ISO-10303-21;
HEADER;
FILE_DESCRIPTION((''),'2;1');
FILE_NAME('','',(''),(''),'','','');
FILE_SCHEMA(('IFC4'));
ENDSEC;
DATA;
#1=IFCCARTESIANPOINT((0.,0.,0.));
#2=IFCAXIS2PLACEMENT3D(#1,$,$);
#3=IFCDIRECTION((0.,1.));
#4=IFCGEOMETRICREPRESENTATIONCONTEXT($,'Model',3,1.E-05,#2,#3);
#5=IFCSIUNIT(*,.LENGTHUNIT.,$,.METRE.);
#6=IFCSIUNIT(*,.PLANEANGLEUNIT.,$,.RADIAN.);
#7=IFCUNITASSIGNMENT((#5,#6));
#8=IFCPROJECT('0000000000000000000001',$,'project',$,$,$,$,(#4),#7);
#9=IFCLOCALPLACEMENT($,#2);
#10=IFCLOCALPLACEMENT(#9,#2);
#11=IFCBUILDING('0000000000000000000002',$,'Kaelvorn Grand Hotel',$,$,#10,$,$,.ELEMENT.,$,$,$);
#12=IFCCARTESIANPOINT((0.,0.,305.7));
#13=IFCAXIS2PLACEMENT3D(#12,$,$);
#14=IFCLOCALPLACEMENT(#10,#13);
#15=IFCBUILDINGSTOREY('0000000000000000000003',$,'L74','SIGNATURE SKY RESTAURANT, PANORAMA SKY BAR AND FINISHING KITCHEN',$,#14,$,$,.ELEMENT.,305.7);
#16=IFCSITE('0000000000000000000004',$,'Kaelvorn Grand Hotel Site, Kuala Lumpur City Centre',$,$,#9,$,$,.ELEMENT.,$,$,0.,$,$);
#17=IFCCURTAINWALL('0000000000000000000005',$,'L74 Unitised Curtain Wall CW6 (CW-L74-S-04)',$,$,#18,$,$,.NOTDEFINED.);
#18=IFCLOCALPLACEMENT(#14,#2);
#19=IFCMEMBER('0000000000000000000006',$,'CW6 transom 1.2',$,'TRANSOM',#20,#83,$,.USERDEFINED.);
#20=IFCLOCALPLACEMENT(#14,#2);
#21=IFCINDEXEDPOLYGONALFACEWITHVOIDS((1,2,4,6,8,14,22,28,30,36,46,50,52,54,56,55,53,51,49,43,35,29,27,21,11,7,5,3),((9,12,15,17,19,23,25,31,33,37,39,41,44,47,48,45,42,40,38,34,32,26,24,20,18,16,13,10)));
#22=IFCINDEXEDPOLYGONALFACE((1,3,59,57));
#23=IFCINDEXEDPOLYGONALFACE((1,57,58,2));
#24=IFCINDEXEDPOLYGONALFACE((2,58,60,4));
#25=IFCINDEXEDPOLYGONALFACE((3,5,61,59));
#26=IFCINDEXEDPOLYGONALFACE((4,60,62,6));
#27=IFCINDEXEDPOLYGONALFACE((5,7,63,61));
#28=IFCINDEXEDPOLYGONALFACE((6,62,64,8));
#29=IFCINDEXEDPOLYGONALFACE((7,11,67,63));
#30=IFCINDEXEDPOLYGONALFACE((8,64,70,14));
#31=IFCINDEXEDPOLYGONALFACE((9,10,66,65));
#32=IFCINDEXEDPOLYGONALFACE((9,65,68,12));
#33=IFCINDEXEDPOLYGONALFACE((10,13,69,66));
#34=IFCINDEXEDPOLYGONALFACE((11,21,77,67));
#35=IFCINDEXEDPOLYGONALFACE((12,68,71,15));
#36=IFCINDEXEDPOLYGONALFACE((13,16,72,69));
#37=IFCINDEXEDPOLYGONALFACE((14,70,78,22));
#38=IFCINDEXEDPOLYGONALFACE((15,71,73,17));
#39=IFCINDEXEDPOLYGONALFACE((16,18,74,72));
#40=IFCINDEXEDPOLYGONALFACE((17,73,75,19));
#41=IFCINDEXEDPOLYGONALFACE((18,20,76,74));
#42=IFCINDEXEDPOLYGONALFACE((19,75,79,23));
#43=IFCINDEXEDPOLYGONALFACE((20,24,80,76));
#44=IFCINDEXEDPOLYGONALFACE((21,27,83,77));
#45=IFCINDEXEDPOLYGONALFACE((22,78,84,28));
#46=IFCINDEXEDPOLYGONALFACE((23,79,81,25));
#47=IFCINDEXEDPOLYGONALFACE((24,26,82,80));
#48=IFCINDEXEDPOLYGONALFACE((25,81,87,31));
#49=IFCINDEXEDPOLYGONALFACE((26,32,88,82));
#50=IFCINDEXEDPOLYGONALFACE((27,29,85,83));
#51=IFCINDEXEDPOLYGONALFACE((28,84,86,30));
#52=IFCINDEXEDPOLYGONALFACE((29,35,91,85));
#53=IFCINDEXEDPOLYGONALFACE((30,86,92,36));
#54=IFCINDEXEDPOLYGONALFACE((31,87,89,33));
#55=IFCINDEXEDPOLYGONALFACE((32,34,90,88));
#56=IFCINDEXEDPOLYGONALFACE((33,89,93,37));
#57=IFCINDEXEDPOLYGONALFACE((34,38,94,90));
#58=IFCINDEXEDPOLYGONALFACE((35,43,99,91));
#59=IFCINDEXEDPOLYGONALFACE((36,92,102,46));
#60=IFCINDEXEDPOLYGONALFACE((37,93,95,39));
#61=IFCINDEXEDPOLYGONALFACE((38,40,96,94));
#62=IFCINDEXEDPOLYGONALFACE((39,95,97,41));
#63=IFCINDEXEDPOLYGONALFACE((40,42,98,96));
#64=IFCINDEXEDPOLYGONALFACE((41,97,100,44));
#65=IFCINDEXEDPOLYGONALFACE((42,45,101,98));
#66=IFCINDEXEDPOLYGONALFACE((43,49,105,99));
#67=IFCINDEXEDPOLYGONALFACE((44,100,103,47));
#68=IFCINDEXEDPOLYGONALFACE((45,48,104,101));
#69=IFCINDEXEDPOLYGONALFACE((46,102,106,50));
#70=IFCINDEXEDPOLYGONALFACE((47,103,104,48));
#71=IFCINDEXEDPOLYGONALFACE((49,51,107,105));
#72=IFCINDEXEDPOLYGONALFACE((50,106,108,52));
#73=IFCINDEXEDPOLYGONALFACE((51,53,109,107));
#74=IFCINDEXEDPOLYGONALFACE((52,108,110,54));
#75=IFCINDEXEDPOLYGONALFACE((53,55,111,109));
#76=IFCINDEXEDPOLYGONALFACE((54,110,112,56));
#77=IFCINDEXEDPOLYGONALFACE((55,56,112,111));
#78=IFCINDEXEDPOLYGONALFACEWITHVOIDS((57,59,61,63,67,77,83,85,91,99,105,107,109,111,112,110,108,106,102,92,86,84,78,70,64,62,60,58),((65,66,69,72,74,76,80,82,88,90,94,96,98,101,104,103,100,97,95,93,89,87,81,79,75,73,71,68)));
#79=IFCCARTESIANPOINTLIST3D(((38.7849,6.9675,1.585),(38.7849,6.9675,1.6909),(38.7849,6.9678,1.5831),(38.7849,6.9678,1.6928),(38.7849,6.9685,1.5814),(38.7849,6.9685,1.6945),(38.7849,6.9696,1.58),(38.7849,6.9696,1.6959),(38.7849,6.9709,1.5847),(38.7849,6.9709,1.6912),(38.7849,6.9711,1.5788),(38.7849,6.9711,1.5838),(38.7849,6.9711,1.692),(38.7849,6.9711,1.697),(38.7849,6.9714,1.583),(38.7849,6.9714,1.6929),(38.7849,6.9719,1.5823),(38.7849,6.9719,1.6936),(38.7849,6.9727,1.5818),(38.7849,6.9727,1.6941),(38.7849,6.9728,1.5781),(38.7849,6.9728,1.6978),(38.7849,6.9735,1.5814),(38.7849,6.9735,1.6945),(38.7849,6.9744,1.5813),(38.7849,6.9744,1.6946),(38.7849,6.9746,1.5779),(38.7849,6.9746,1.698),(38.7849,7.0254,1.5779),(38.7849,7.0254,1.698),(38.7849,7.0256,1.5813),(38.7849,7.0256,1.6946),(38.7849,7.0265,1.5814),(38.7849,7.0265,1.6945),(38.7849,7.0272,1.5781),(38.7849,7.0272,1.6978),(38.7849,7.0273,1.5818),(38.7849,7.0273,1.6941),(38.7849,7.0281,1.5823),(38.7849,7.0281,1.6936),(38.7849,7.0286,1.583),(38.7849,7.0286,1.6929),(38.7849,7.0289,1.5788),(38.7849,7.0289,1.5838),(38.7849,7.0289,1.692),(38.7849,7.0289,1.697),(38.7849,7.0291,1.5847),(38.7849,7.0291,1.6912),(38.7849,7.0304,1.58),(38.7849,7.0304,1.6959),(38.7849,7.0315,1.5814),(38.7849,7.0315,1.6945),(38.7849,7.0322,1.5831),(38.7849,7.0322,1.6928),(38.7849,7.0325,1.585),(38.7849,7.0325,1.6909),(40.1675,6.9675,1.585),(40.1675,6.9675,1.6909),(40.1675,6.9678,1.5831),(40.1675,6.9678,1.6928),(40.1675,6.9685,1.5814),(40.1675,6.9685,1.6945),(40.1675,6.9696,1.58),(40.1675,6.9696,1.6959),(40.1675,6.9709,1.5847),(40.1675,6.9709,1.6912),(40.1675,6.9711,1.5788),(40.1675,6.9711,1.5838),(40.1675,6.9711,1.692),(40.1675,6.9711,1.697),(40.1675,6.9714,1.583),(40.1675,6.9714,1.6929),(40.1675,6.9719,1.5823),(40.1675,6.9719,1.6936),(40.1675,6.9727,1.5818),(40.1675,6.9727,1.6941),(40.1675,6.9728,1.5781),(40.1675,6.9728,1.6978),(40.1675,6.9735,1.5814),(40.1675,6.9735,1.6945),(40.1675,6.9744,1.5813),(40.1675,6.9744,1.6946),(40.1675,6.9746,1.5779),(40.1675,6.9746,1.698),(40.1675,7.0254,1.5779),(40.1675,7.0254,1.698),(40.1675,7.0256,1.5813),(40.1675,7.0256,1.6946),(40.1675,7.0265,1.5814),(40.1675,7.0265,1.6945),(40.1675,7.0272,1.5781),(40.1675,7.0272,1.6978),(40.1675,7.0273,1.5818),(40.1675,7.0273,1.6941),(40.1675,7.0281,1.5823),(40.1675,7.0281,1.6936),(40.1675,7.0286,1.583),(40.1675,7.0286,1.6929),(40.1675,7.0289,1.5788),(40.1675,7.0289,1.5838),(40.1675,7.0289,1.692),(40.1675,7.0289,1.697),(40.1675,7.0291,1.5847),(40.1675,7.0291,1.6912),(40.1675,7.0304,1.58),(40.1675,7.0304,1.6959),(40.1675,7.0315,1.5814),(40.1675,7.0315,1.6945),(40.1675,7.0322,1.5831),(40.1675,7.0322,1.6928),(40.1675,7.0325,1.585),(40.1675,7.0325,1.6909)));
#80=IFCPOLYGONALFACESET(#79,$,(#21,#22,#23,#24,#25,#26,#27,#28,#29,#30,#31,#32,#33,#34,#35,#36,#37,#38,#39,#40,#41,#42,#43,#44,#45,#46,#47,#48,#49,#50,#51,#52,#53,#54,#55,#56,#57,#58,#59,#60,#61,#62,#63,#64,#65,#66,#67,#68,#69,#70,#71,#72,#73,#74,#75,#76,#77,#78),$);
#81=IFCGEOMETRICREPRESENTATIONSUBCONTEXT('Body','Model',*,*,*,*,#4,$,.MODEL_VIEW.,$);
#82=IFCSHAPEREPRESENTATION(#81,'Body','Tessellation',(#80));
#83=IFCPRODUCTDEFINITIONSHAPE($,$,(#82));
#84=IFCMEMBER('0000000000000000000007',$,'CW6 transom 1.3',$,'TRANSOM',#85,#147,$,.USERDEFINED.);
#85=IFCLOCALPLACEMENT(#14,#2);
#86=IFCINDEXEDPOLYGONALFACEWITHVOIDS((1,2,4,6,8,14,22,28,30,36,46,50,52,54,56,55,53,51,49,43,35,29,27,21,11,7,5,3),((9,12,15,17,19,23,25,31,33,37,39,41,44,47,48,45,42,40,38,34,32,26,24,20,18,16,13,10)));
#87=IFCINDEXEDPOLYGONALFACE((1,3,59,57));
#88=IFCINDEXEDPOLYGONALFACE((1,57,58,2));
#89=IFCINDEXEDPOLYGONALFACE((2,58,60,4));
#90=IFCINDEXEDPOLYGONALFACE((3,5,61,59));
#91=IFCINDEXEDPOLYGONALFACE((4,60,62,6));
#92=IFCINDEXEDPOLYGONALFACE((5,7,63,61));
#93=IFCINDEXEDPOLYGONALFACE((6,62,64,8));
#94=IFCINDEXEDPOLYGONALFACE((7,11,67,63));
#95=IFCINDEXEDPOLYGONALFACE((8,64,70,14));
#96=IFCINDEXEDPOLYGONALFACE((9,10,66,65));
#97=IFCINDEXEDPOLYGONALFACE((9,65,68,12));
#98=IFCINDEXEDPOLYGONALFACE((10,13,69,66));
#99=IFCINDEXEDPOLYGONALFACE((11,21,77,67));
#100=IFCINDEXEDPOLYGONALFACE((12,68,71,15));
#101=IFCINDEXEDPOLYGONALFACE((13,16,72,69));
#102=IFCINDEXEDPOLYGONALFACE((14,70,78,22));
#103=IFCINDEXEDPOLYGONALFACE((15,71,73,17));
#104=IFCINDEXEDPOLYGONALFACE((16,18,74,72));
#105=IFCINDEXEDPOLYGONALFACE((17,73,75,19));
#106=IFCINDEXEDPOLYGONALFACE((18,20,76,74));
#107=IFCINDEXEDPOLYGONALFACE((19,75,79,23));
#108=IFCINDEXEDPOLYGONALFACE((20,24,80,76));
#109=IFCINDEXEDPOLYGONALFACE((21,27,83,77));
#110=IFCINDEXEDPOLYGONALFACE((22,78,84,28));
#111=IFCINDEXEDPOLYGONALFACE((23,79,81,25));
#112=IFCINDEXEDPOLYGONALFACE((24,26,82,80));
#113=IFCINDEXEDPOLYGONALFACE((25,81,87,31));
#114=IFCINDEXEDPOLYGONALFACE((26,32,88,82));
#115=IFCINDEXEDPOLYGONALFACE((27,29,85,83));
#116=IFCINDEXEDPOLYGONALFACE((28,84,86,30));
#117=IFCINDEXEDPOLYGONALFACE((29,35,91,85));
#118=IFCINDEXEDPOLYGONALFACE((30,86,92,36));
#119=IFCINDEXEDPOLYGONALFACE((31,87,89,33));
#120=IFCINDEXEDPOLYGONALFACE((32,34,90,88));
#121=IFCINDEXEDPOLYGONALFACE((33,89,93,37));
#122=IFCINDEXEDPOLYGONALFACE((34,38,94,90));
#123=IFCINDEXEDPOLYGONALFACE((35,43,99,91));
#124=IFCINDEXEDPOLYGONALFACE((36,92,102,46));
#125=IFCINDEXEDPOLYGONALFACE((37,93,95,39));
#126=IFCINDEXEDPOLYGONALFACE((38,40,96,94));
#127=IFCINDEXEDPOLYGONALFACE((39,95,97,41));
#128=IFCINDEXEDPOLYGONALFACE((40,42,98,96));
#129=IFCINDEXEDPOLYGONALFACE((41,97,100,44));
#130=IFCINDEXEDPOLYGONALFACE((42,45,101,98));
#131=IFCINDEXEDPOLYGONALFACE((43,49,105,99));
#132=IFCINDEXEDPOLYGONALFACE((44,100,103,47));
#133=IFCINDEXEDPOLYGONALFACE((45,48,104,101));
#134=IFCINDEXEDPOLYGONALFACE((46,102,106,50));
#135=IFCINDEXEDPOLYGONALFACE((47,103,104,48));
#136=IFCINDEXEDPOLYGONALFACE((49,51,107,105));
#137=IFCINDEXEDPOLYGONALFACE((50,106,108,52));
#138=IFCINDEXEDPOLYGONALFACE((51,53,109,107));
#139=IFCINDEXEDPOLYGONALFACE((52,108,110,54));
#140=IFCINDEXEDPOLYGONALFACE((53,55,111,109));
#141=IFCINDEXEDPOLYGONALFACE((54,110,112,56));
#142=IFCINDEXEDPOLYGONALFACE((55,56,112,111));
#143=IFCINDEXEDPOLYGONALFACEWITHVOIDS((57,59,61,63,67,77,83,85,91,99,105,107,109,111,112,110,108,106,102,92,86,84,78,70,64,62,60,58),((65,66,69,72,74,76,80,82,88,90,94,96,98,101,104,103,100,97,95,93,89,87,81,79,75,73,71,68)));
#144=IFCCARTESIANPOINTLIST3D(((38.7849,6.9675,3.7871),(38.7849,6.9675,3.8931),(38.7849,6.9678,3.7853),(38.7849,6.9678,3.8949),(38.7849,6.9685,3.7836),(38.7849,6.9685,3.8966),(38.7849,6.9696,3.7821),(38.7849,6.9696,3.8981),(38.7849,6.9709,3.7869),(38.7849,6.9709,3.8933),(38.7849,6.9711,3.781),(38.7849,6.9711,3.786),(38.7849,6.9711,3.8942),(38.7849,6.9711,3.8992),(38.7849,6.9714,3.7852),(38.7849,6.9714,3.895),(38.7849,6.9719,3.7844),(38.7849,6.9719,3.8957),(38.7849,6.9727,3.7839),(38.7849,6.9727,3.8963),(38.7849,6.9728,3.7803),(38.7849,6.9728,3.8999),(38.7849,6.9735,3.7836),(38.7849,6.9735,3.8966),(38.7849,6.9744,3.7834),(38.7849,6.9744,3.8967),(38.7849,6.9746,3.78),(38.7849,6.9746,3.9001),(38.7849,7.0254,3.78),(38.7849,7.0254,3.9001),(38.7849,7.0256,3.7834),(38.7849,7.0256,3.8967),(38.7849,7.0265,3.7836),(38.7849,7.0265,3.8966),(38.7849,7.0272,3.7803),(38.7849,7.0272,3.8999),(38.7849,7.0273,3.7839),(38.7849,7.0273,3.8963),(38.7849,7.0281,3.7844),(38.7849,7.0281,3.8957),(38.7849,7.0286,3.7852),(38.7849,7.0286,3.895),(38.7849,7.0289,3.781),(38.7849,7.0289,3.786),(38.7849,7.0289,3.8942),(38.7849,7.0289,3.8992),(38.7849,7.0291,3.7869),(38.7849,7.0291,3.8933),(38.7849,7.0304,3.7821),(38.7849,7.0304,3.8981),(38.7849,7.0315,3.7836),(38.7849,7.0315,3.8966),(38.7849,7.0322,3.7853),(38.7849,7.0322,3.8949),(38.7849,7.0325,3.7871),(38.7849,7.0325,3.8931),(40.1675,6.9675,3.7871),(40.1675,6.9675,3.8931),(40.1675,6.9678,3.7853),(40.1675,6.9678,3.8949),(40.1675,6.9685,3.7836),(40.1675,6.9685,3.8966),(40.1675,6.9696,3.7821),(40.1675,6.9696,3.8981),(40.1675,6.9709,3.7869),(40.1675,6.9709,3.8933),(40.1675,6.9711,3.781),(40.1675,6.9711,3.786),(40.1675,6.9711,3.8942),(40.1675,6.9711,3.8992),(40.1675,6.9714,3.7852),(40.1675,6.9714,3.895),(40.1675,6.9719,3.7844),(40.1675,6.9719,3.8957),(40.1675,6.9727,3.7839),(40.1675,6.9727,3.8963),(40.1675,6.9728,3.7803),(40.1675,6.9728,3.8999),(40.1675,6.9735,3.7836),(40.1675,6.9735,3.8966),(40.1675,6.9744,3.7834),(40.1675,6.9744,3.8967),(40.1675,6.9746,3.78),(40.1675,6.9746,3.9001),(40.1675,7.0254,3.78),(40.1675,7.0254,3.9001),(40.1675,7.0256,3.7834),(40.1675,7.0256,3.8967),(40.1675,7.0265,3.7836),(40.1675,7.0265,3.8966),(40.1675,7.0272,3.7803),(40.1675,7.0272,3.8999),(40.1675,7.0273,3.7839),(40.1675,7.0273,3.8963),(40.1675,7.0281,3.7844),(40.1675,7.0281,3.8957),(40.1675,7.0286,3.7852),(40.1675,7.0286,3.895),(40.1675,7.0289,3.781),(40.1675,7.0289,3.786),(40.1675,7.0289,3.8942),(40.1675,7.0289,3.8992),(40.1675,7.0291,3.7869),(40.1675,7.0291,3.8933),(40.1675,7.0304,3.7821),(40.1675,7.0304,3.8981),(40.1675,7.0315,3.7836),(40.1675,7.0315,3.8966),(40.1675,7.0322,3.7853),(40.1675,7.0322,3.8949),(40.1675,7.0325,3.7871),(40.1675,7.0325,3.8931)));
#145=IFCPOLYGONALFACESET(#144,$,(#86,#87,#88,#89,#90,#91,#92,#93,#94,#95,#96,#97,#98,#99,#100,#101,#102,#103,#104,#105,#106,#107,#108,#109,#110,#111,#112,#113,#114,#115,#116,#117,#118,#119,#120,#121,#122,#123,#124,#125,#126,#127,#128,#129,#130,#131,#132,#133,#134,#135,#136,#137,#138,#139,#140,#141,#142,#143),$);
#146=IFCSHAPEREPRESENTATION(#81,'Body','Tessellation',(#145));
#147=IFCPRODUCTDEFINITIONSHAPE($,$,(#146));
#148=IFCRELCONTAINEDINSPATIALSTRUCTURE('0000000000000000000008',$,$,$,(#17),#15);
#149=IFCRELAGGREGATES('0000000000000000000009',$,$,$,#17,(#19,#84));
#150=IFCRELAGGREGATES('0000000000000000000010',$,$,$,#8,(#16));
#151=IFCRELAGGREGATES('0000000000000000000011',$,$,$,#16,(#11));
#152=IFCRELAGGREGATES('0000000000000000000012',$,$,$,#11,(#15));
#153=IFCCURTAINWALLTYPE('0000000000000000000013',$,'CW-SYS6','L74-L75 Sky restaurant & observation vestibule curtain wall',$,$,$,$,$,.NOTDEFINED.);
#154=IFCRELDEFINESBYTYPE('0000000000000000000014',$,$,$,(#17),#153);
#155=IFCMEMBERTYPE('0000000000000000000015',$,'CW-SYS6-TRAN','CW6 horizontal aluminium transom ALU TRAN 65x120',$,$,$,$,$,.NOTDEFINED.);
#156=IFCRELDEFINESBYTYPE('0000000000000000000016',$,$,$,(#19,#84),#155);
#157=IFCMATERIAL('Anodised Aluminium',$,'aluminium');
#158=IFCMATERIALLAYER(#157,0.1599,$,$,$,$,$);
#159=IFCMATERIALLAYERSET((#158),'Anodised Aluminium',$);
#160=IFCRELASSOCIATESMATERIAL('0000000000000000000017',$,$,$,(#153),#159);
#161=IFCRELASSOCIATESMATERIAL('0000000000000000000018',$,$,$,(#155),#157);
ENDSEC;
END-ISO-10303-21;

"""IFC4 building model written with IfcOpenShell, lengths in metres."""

from ifc_helpers import new_model, si_unit, direction, frame, origin, origin_2d, place, context, subcontext, project, spatial, hollow_rectangle, extrude, material, layer, layer_set, material_profile, profile_set, type_object, element, aggregate, save


model = new_model("IFC4")

# Units and contexts
model_context = context("Model", 3, precision=1e-05, world=origin(), true_north=direction((0.0, 1.0)))
body_context = subcontext(model_context, "Body", "Model", "MODEL_VIEW")
ifc_project = project(units=[si_unit("LENGTHUNIT", "METRE"), si_unit("PLANEANGLEUNIT", "RADIAN")], contexts=[model_context])

# Site, building, storey
site_placement = place(None, origin())
site = spatial("IfcSite", under=ifc_project, at=site_placement, Name="Kaelvorn Grand Hotel Site, Kuala Lumpur City Centre", CompositionType="ELEMENT", RefElevation=0.0)
building_placement = place(site_placement, origin())
building = spatial("IfcBuilding", under=site, at=building_placement, Name="Kaelvorn Grand Hotel", CompositionType="ELEMENT")
storey_placement = place(building_placement, frame((0.0, 0.0, 305.7)))
storey = spatial("IfcBuildingStorey", under=building, at=storey_placement, Name="L74", Description="SIGNATURE SKY RESTAURANT, PANORAMA SKY BAR AND FINISHING KITCHEN", CompositionType="ELEMENT", Elevation=305.7)

# Shared definitions
ifc_material_1 = material(Name="Anodised Aluminium", Category="aluminium")
ifc_layer_1 = layer(ifc_material_1, 0.1599)
ifc_layer_set_1 = layer_set([ifc_layer_1], Name="Anodised Aluminium")
curtain_wall_type = type_object("IfcCurtainWallType", Name="CW-SYS6", Description="L74-L75 Sky restaurant & observation vestibule curtain wall", PredefinedType="NOTDEFINED", material=ifc_layer_set_1)

# Curtain wall, members
curtain_wall_1_placement = place(storey_placement, origin())
curtain_wall_1 = element("IfcCurtainWall", 1, at=curtain_wall_1_placement, inside=storey, type_object=curtain_wall_type, Name="L74 Unitised Curtain Wall CW6 (CW-L74-S-04)", PredefinedType="NOTDEFINED")
ifc_material_profile_1 = material_profile(ifc_material_1, hollow_rectangle(XDim=0.0649, YDim=0.1201, WallThickness=0.0034, InnerFilletRadius=0.0034, OuterFilletRadius=0.0071, at=origin_2d()), Name="ALU TRAN 65x120")
ifc_profile_set_1 = profile_set([ifc_material_profile_1], Name="Anodised Aluminium")
member_type_1 = type_object("IfcMemberType", Name="CW-SYS6-TRAN", Description="CW6 horizontal aluminium transom ALU TRAN 65x120", PredefinedType="NOTDEFINED", material=ifc_profile_set_1)
member_1_placement = place(storey_placement, frame((38.7849, 7.0, 1.6379), z_axis=(1.0, 0.0, 0.0), x_axis=(0.0, 1.0, 0.0)))
member_1 = element("IfcMember", 2, at=member_1_placement, type_object=member_type_1, Name="CW6 transom 1.2", ObjectType="TRANSOM", PredefinedType="USERDEFINED", context=body_context, shape_type="SweptSolid", body=[
    extrude(hollow_rectangle(XDim=0.0649, YDim=0.1201, WallThickness=0.0034, InnerFilletRadius=0.0034, OuterFilletRadius=0.0071, at=origin_2d()), origin(), (0.0, 0.0, 1.0), 1.3826),
])
member_2_placement = place(storey_placement, frame((38.7849, 7.0, 3.8401), z_axis=(1.0, 0.0, 0.0), x_axis=(0.0, 1.0, 0.0)))
member_2 = element("IfcMember", 3, at=member_2_placement, type_object=member_type_1, Name="CW6 transom 1.3", ObjectType="TRANSOM", PredefinedType="USERDEFINED", context=body_context, shape_type="SweptSolid", body=[
    extrude(hollow_rectangle(XDim=0.0649, YDim=0.1201, WallThickness=0.0034, InnerFilletRadius=0.0034, OuterFilletRadius=0.0071, at=origin_2d()), origin(), (0.0, 0.0, 1.0), 1.3826),
])
aggregate(curtain_wall_1, [member_1, member_2])

save(model, "model.ifc")
